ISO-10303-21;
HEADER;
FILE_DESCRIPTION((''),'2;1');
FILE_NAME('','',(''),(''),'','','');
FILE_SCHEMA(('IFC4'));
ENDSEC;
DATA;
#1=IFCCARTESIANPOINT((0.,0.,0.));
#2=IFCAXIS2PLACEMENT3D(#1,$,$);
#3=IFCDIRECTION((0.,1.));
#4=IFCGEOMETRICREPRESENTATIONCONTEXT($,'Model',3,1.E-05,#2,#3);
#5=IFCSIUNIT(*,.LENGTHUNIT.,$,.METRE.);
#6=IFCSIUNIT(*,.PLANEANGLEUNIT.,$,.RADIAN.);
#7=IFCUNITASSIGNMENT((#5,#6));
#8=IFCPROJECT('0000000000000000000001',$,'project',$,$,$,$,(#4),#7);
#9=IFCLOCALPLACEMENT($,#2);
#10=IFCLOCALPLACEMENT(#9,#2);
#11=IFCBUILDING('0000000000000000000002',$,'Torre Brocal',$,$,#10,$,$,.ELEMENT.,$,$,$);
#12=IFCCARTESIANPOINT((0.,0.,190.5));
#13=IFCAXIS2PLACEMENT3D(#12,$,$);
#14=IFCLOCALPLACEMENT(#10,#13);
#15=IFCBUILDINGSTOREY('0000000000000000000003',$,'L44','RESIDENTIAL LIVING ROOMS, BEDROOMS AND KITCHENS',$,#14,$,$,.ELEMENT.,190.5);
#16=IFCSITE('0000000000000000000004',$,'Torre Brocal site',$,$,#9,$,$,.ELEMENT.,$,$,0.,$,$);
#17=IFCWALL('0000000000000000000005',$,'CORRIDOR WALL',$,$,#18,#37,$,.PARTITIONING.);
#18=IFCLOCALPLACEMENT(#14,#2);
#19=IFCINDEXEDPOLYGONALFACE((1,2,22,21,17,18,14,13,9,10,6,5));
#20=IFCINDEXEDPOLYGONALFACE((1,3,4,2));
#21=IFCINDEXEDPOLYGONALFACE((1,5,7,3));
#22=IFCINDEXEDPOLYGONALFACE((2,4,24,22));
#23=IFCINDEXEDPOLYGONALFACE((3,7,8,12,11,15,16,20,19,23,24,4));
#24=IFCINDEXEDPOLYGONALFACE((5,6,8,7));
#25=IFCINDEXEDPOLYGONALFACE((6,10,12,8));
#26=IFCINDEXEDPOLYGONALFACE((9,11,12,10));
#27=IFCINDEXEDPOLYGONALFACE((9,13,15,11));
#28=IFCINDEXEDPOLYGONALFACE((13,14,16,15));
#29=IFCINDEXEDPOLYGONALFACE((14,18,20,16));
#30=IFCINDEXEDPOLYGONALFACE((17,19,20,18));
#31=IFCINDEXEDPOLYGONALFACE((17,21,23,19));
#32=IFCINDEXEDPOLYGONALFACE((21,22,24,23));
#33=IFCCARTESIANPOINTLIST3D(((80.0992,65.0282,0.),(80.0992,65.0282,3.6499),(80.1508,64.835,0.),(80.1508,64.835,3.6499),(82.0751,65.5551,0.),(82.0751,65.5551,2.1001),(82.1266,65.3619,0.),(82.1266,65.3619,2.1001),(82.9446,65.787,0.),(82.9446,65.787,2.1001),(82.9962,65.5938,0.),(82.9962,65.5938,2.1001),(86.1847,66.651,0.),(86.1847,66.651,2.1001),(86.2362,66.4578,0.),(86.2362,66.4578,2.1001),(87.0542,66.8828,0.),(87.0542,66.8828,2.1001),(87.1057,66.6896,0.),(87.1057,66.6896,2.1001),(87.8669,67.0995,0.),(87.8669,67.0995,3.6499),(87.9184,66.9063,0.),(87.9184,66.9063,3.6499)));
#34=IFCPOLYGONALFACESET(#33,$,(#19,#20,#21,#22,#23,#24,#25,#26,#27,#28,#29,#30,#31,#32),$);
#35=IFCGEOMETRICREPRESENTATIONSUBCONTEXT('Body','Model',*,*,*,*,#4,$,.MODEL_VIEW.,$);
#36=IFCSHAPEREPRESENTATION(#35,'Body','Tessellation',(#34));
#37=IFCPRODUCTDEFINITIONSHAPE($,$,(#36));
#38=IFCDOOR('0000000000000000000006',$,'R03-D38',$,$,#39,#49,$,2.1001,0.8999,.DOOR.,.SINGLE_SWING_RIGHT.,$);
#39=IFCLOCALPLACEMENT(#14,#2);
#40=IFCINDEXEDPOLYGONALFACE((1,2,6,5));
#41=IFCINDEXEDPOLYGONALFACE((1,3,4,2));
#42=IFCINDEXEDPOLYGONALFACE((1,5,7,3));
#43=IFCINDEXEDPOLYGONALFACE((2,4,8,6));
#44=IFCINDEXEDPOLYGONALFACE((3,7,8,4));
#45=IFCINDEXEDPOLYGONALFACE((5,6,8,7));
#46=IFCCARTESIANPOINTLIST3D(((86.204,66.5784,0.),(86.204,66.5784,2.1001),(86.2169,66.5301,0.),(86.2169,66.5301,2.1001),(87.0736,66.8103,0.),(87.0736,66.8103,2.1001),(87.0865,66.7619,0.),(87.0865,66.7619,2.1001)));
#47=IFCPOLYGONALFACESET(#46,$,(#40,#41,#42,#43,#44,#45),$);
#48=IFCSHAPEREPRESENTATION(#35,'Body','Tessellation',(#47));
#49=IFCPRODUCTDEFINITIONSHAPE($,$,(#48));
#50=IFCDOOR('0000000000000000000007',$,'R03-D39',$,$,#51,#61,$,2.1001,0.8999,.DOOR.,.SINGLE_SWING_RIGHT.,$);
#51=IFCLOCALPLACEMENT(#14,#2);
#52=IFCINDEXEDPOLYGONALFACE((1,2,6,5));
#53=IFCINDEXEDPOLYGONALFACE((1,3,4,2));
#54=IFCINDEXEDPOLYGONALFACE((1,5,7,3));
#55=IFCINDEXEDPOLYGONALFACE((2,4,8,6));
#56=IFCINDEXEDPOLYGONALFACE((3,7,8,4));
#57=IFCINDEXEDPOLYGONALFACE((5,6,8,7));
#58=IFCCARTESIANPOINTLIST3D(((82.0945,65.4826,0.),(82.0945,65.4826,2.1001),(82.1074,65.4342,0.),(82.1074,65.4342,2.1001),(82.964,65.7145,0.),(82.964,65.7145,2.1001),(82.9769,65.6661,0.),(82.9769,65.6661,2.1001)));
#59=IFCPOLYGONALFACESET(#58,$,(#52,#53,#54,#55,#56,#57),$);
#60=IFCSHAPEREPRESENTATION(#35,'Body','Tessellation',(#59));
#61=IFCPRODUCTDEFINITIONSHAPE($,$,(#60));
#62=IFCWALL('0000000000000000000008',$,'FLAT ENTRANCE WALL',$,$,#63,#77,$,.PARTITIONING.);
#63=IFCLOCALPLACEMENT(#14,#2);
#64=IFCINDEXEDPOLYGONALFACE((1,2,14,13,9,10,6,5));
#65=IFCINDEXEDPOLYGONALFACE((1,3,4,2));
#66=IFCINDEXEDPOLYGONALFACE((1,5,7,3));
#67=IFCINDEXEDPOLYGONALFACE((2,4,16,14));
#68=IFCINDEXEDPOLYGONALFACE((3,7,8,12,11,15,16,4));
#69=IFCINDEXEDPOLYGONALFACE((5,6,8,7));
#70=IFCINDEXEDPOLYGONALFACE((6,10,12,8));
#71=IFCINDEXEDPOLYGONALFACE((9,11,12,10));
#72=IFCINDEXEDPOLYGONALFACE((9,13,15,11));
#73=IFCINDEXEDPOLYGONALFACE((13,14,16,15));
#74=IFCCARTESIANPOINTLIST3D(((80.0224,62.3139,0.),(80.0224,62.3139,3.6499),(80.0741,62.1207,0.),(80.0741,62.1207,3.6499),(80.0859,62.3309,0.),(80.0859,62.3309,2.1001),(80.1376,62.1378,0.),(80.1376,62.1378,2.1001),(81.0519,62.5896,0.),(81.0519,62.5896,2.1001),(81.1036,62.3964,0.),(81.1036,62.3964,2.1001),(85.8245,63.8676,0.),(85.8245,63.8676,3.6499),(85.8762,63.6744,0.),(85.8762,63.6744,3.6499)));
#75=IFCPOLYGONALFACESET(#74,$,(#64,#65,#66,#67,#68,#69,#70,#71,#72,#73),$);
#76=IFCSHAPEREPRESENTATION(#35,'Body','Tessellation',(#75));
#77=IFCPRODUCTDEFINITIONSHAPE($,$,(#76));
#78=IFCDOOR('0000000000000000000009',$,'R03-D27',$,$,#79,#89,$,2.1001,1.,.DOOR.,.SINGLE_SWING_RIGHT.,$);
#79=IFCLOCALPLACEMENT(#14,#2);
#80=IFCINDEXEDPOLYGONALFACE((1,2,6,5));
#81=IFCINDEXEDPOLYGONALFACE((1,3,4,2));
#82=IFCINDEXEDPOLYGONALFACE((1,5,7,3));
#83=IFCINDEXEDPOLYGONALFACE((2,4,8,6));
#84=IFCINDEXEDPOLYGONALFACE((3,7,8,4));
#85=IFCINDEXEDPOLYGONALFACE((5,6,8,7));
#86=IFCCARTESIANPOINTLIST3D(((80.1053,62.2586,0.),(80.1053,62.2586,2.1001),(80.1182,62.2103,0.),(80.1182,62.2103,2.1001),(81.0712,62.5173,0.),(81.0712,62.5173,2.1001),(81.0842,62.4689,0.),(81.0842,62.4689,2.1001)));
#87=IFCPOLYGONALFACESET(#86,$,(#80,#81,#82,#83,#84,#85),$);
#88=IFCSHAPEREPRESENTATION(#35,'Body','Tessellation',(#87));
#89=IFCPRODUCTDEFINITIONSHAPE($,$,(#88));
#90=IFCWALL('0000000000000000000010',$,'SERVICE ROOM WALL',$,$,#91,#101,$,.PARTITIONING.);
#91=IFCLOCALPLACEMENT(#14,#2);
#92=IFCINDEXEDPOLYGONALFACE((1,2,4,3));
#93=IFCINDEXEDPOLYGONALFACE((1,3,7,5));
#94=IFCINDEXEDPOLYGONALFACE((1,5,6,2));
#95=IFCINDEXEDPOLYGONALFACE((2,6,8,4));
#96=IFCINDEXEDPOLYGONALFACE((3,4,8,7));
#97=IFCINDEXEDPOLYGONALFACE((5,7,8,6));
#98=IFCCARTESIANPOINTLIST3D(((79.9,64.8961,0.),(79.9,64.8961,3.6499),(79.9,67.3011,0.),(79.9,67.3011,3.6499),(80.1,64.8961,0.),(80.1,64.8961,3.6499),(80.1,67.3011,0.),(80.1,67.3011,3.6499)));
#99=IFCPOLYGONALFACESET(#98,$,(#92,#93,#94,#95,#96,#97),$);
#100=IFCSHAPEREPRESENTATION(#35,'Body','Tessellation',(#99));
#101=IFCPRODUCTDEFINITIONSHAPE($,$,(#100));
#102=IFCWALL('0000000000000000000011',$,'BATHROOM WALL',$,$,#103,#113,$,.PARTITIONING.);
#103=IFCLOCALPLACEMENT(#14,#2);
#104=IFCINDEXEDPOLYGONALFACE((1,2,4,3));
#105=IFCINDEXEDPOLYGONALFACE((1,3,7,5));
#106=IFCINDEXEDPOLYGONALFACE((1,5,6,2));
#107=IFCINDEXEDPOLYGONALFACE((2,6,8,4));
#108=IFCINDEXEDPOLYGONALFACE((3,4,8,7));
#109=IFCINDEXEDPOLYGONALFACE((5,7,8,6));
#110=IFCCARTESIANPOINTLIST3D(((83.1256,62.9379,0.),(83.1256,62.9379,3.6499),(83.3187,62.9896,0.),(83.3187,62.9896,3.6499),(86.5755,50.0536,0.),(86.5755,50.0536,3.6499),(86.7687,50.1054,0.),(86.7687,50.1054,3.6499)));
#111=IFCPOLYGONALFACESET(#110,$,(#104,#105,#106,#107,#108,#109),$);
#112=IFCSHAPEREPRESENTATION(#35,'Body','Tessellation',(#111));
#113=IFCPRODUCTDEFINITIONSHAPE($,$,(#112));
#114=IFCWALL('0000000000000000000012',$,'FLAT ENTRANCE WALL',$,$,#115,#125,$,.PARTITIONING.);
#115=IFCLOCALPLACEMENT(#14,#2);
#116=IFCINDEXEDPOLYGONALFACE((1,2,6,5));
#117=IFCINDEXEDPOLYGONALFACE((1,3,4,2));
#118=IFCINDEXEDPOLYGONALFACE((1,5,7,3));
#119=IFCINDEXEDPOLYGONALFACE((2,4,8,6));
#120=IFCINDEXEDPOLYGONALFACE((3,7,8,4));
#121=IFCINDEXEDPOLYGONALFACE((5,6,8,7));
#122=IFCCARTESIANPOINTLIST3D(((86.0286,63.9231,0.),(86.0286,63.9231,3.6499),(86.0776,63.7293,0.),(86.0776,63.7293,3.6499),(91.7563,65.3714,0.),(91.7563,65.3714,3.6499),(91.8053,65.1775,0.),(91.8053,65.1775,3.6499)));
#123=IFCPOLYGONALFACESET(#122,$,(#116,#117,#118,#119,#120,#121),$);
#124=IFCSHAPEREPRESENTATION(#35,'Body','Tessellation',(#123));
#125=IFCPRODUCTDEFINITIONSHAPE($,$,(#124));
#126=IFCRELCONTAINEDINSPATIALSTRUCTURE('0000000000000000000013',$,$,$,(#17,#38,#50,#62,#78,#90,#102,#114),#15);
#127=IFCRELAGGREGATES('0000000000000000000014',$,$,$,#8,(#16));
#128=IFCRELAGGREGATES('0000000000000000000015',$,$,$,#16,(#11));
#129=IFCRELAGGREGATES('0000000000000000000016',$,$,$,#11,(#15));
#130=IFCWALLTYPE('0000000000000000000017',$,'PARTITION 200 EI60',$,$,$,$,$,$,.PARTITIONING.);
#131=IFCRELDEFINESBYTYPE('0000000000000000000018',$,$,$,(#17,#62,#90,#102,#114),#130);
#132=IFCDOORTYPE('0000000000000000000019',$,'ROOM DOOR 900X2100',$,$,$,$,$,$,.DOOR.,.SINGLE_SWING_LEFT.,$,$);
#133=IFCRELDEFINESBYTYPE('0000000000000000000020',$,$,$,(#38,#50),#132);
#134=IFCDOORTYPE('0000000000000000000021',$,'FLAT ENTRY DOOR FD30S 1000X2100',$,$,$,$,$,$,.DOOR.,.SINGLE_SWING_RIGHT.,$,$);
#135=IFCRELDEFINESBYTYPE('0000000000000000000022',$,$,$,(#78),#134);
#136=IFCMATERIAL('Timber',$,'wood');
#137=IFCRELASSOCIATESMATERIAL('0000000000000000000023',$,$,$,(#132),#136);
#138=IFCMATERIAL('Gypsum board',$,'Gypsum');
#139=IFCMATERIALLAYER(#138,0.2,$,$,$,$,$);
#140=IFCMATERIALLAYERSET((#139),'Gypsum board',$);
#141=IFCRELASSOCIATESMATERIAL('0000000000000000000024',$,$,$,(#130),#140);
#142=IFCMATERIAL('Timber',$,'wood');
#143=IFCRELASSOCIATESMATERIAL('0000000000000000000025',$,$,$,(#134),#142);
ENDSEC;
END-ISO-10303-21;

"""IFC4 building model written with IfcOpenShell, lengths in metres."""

from ifc_helpers import new_model, si_unit, direction, frame, frame_2d, origin, place, context, subcontext, project, spatial, rectangle, extrude, material, layer, layer_set, type_object, element, fill, save


model = new_model("IFC4")

# Units and contexts
model_context = context("Model", 3, precision=1e-05, world=origin(), true_north=direction((0.0, 1.0)))
body_context = subcontext(model_context, "Body", "Model", "MODEL_VIEW")
ifc_project = project(units=[si_unit("LENGTHUNIT", "METRE"), si_unit("PLANEANGLEUNIT", "RADIAN")], contexts=[model_context])

# Site, building, storey
site_placement = place(None, origin())
site = spatial("IfcSite", under=ifc_project, at=site_placement, Name="Torre Brocal site", CompositionType="ELEMENT", RefElevation=0.0)
building_placement = place(site_placement, origin())
building = spatial("IfcBuilding", under=site, at=building_placement, Name="Torre Brocal", CompositionType="ELEMENT")
storey_placement = place(building_placement, frame((0.0, 0.0, 190.5)))
storey = spatial("IfcBuildingStorey", under=building, at=storey_placement, Name="L44", Description="RESIDENTIAL LIVING ROOMS, BEDROOMS AND KITCHENS", CompositionType="ELEMENT", Elevation=190.5)

# Shared definitions
ifc_material_1 = material(Name="Timber", Category="wood")
door_type_1 = type_object("IfcDoorType", Name="ROOM DOOR 900X2100", OperationType="SINGLE_SWING_LEFT", PredefinedType="DOOR", material=ifc_material_1)

# Wall, openings, doors
ifc_material_2 = material(Name="Gypsum board", Category="Gypsum")
ifc_layer_1 = layer(ifc_material_2, 0.2)
ifc_layer_set_1 = layer_set([ifc_layer_1], Name="Gypsum board")
wall_type_1 = type_object("IfcWallType", Name="PARTITION 200 EI60", PredefinedType="PARTITIONING", material=ifc_layer_set_1)
wall_1_placement = place(storey_placement, frame((80.125, 64.9316, 0.0), z_axis=(0.0, 0.0, 1.0), x_axis=(0.966237, 0.257655, 0.0)))
wall_1 = element("IfcWall", 1, at=wall_1_placement, inside=storey, type_object=wall_type_1, Name="CORRIDOR WALL", PredefinedType="PARTITIONING", context=body_context, shape_type="SweptSolid", body=[
    extrude(rectangle(XDim=8.0391, YDim=0.2, at=frame_2d((4.0195, 0.0))), origin(), (0.0, 0.0, 1.0), 3.6499),
])
opening_1_placement = place(wall_1_placement, frame((6.2981, 0.0, 0.0)))
opening_1 = element("IfcOpeningElement", 2, at=opening_1_placement, cuts=wall_1, PredefinedType="OPENING", context=body_context, shape_type="SweptSolid", body=[
    extrude(rectangle(XDim=0.8999, YDim=2.1001, at=frame_2d((0.45, 1.05))), frame((0.0, 0.1099, 0.0), z_axis=(0.0, -1.0, 0.0), x_axis=(1.0, 0.0, 0.0)), (0.0, 0.0, 1.0), 0.22),
])
opening_2_placement = place(wall_1_placement, frame((2.0449, 0.0, 0.0)))
opening_2 = element("IfcOpeningElement", 3, at=opening_2_placement, cuts=wall_1, PredefinedType="OPENING", context=body_context, shape_type="SweptSolid", body=[
    extrude(rectangle(XDim=0.8999, YDim=2.1001, at=frame_2d((0.45, 1.05))), frame((0.0, 0.1099, 0.0), z_axis=(0.0, -1.0, 0.0), x_axis=(1.0, 0.0, 0.0)), (0.0, 0.0, 1.0), 0.22),
])
door_1_placement = place(opening_1_placement, origin())
door_1 = element("IfcDoor", 4, at=door_1_placement, inside=storey, type_object=door_type_1, Name="R03-D38", OperationType="SINGLE_SWING_RIGHT", OverallHeight=2.1001, OverallWidth=0.8999, PredefinedType="DOOR", context=body_context, shape_type="SweptSolid", body=[
    extrude(rectangle(XDim=0.8999, YDim=2.1001, at=frame_2d((0.45, 1.05))), frame((0.0, 0.0249, 0.0), z_axis=(0.0, -1.0, 0.0), x_axis=(1.0, 0.0, 0.0)), (0.0, 0.0, 1.0), 0.05),
])
fill(opening_1, door_1)
door_2_placement = place(opening_2_placement, origin())
door_2 = element("IfcDoor", 5, at=door_2_placement, inside=storey, type_object=door_type_1, Name="R03-D39", OperationType="SINGLE_SWING_RIGHT", OverallHeight=2.1001, OverallWidth=0.8999, PredefinedType="DOOR", context=body_context, shape_type="SweptSolid", body=[
    extrude(rectangle(XDim=0.8999, YDim=2.1001, at=frame_2d((0.45, 1.05))), frame((0.0, 0.0249, 0.0), z_axis=(0.0, -1.0, 0.0), x_axis=(1.0, 0.0, 0.0)), (0.0, 0.0, 1.0), 0.05),
])
fill(opening_2, door_2)

# Wall, opening, door
wall_2_placement = place(storey_placement, frame((80.0481, 62.2173, 0.0), z_axis=(0.0, 0.0, 1.0), x_axis=(0.965967, 0.258664, 0.0)))
wall_2 = element("IfcWall", 6, at=wall_2_placement, inside=storey, type_object=wall_type_1, Name="FLAT ENTRANCE WALL", PredefinedType="PARTITIONING", context=body_context, shape_type="SweptSolid", body=[
    extrude(rectangle(XDim=6.0066, YDim=0.2, at=frame_2d((3.0034, 0.0))), origin(), (0.0, 0.0, 1.0), 3.6499),
])
opening_3_placement = place(wall_2_placement, frame((0.0659, 0.0, 0.0)))
opening_3 = element("IfcOpeningElement", 7, at=opening_3_placement, cuts=wall_2, PredefinedType="OPENING", context=body_context, shape_type="SweptSolid", body=[
    extrude(rectangle(XDim=1.0, YDim=2.1001, at=frame_2d((0.5, 1.05))), frame((0.0, 0.1099, 0.0), z_axis=(0.0, -1.0, 0.0), x_axis=(1.0, 0.0, 0.0)), (0.0, 0.0, 1.0), 0.22),
])
ifc_material_3 = material(Name="Timber", Category="wood")
door_type_2 = type_object("IfcDoorType", Name="FLAT ENTRY DOOR FD30S 1000X2100", OperationType="SINGLE_SWING_RIGHT", PredefinedType="DOOR", material=ifc_material_3)
door_3_placement = place(opening_3_placement, frame((1.0, 0.0, 0.0), z_axis=(0.0, 0.0, 1.0), x_axis=(-1.0, 0.0, 0.0)))
door_3 = element("IfcDoor", 8, at=door_3_placement, inside=storey, type_object=door_type_2, Name="R03-D27", OperationType="SINGLE_SWING_RIGHT", OverallHeight=2.1001, OverallWidth=1.0, PredefinedType="DOOR", context=body_context, shape_type="SweptSolid", body=[
    extrude(rectangle(XDim=1.0, YDim=2.1001, at=frame_2d((0.5, 1.05))), frame((0.0, 0.0249, 0.0), z_axis=(0.0, -1.0, 0.0), x_axis=(1.0, 0.0, 0.0)), (0.0, 0.0, 1.0), 0.05),
])
fill(opening_3, door_3)

# Walls
wall_3_placement = place(storey_placement, frame((80.0, 64.896, 0.0), z_axis=(0.0, 0.0, 1.0), x_axis=(0.0, 1.0, 0.0)))
element("IfcWall", 9, at=wall_3_placement, inside=storey, type_object=wall_type_1, Name="SERVICE ROOM WALL", PredefinedType="PARTITIONING", context=body_context, shape_type="SweptSolid", body=[
    extrude(rectangle(XDim=2.405, YDim=0.2, at=frame_2d((1.2026, 0.0))), origin(), (0.0, 0.0, 1.0), 3.6499),
])
wall_4_placement = place(storey_placement, frame((83.2222, 62.9636, 0.0), z_axis=(0.0, 0.0, 1.0), x_axis=(0.258653, -0.96597, 0.0)))
element("IfcWall", 10, at=wall_4_placement, inside=storey, type_object=wall_type_1, Name="BATHROOM WALL", PredefinedType="PARTITIONING", context=body_context, shape_type="SweptSolid", body=[
    extrude(rectangle(XDim=13.3381, YDim=0.2, at=frame_2d((6.6689, 0.0))), origin(), (0.0, 0.0, 1.0), 3.6499),
])
wall_5_placement = place(storey_placement, frame((86.053, 63.8262, 0.0), z_axis=(0.0, 0.0, 1.0), x_axis=(0.96949, 0.245131, 0.0)))
element("IfcWall", 11, at=wall_5_placement, inside=storey, type_object=wall_type_1, Name="FLAT ENTRANCE WALL", PredefinedType="PARTITIONING", context=body_context, shape_type="SweptSolid", body=[
    extrude(rectangle(XDim=5.908, YDim=0.2, at=frame_2d((2.9541, 0.0))), origin(), (0.0, 0.0, 1.0), 3.6499),
])

save(model, "model.ifc")
